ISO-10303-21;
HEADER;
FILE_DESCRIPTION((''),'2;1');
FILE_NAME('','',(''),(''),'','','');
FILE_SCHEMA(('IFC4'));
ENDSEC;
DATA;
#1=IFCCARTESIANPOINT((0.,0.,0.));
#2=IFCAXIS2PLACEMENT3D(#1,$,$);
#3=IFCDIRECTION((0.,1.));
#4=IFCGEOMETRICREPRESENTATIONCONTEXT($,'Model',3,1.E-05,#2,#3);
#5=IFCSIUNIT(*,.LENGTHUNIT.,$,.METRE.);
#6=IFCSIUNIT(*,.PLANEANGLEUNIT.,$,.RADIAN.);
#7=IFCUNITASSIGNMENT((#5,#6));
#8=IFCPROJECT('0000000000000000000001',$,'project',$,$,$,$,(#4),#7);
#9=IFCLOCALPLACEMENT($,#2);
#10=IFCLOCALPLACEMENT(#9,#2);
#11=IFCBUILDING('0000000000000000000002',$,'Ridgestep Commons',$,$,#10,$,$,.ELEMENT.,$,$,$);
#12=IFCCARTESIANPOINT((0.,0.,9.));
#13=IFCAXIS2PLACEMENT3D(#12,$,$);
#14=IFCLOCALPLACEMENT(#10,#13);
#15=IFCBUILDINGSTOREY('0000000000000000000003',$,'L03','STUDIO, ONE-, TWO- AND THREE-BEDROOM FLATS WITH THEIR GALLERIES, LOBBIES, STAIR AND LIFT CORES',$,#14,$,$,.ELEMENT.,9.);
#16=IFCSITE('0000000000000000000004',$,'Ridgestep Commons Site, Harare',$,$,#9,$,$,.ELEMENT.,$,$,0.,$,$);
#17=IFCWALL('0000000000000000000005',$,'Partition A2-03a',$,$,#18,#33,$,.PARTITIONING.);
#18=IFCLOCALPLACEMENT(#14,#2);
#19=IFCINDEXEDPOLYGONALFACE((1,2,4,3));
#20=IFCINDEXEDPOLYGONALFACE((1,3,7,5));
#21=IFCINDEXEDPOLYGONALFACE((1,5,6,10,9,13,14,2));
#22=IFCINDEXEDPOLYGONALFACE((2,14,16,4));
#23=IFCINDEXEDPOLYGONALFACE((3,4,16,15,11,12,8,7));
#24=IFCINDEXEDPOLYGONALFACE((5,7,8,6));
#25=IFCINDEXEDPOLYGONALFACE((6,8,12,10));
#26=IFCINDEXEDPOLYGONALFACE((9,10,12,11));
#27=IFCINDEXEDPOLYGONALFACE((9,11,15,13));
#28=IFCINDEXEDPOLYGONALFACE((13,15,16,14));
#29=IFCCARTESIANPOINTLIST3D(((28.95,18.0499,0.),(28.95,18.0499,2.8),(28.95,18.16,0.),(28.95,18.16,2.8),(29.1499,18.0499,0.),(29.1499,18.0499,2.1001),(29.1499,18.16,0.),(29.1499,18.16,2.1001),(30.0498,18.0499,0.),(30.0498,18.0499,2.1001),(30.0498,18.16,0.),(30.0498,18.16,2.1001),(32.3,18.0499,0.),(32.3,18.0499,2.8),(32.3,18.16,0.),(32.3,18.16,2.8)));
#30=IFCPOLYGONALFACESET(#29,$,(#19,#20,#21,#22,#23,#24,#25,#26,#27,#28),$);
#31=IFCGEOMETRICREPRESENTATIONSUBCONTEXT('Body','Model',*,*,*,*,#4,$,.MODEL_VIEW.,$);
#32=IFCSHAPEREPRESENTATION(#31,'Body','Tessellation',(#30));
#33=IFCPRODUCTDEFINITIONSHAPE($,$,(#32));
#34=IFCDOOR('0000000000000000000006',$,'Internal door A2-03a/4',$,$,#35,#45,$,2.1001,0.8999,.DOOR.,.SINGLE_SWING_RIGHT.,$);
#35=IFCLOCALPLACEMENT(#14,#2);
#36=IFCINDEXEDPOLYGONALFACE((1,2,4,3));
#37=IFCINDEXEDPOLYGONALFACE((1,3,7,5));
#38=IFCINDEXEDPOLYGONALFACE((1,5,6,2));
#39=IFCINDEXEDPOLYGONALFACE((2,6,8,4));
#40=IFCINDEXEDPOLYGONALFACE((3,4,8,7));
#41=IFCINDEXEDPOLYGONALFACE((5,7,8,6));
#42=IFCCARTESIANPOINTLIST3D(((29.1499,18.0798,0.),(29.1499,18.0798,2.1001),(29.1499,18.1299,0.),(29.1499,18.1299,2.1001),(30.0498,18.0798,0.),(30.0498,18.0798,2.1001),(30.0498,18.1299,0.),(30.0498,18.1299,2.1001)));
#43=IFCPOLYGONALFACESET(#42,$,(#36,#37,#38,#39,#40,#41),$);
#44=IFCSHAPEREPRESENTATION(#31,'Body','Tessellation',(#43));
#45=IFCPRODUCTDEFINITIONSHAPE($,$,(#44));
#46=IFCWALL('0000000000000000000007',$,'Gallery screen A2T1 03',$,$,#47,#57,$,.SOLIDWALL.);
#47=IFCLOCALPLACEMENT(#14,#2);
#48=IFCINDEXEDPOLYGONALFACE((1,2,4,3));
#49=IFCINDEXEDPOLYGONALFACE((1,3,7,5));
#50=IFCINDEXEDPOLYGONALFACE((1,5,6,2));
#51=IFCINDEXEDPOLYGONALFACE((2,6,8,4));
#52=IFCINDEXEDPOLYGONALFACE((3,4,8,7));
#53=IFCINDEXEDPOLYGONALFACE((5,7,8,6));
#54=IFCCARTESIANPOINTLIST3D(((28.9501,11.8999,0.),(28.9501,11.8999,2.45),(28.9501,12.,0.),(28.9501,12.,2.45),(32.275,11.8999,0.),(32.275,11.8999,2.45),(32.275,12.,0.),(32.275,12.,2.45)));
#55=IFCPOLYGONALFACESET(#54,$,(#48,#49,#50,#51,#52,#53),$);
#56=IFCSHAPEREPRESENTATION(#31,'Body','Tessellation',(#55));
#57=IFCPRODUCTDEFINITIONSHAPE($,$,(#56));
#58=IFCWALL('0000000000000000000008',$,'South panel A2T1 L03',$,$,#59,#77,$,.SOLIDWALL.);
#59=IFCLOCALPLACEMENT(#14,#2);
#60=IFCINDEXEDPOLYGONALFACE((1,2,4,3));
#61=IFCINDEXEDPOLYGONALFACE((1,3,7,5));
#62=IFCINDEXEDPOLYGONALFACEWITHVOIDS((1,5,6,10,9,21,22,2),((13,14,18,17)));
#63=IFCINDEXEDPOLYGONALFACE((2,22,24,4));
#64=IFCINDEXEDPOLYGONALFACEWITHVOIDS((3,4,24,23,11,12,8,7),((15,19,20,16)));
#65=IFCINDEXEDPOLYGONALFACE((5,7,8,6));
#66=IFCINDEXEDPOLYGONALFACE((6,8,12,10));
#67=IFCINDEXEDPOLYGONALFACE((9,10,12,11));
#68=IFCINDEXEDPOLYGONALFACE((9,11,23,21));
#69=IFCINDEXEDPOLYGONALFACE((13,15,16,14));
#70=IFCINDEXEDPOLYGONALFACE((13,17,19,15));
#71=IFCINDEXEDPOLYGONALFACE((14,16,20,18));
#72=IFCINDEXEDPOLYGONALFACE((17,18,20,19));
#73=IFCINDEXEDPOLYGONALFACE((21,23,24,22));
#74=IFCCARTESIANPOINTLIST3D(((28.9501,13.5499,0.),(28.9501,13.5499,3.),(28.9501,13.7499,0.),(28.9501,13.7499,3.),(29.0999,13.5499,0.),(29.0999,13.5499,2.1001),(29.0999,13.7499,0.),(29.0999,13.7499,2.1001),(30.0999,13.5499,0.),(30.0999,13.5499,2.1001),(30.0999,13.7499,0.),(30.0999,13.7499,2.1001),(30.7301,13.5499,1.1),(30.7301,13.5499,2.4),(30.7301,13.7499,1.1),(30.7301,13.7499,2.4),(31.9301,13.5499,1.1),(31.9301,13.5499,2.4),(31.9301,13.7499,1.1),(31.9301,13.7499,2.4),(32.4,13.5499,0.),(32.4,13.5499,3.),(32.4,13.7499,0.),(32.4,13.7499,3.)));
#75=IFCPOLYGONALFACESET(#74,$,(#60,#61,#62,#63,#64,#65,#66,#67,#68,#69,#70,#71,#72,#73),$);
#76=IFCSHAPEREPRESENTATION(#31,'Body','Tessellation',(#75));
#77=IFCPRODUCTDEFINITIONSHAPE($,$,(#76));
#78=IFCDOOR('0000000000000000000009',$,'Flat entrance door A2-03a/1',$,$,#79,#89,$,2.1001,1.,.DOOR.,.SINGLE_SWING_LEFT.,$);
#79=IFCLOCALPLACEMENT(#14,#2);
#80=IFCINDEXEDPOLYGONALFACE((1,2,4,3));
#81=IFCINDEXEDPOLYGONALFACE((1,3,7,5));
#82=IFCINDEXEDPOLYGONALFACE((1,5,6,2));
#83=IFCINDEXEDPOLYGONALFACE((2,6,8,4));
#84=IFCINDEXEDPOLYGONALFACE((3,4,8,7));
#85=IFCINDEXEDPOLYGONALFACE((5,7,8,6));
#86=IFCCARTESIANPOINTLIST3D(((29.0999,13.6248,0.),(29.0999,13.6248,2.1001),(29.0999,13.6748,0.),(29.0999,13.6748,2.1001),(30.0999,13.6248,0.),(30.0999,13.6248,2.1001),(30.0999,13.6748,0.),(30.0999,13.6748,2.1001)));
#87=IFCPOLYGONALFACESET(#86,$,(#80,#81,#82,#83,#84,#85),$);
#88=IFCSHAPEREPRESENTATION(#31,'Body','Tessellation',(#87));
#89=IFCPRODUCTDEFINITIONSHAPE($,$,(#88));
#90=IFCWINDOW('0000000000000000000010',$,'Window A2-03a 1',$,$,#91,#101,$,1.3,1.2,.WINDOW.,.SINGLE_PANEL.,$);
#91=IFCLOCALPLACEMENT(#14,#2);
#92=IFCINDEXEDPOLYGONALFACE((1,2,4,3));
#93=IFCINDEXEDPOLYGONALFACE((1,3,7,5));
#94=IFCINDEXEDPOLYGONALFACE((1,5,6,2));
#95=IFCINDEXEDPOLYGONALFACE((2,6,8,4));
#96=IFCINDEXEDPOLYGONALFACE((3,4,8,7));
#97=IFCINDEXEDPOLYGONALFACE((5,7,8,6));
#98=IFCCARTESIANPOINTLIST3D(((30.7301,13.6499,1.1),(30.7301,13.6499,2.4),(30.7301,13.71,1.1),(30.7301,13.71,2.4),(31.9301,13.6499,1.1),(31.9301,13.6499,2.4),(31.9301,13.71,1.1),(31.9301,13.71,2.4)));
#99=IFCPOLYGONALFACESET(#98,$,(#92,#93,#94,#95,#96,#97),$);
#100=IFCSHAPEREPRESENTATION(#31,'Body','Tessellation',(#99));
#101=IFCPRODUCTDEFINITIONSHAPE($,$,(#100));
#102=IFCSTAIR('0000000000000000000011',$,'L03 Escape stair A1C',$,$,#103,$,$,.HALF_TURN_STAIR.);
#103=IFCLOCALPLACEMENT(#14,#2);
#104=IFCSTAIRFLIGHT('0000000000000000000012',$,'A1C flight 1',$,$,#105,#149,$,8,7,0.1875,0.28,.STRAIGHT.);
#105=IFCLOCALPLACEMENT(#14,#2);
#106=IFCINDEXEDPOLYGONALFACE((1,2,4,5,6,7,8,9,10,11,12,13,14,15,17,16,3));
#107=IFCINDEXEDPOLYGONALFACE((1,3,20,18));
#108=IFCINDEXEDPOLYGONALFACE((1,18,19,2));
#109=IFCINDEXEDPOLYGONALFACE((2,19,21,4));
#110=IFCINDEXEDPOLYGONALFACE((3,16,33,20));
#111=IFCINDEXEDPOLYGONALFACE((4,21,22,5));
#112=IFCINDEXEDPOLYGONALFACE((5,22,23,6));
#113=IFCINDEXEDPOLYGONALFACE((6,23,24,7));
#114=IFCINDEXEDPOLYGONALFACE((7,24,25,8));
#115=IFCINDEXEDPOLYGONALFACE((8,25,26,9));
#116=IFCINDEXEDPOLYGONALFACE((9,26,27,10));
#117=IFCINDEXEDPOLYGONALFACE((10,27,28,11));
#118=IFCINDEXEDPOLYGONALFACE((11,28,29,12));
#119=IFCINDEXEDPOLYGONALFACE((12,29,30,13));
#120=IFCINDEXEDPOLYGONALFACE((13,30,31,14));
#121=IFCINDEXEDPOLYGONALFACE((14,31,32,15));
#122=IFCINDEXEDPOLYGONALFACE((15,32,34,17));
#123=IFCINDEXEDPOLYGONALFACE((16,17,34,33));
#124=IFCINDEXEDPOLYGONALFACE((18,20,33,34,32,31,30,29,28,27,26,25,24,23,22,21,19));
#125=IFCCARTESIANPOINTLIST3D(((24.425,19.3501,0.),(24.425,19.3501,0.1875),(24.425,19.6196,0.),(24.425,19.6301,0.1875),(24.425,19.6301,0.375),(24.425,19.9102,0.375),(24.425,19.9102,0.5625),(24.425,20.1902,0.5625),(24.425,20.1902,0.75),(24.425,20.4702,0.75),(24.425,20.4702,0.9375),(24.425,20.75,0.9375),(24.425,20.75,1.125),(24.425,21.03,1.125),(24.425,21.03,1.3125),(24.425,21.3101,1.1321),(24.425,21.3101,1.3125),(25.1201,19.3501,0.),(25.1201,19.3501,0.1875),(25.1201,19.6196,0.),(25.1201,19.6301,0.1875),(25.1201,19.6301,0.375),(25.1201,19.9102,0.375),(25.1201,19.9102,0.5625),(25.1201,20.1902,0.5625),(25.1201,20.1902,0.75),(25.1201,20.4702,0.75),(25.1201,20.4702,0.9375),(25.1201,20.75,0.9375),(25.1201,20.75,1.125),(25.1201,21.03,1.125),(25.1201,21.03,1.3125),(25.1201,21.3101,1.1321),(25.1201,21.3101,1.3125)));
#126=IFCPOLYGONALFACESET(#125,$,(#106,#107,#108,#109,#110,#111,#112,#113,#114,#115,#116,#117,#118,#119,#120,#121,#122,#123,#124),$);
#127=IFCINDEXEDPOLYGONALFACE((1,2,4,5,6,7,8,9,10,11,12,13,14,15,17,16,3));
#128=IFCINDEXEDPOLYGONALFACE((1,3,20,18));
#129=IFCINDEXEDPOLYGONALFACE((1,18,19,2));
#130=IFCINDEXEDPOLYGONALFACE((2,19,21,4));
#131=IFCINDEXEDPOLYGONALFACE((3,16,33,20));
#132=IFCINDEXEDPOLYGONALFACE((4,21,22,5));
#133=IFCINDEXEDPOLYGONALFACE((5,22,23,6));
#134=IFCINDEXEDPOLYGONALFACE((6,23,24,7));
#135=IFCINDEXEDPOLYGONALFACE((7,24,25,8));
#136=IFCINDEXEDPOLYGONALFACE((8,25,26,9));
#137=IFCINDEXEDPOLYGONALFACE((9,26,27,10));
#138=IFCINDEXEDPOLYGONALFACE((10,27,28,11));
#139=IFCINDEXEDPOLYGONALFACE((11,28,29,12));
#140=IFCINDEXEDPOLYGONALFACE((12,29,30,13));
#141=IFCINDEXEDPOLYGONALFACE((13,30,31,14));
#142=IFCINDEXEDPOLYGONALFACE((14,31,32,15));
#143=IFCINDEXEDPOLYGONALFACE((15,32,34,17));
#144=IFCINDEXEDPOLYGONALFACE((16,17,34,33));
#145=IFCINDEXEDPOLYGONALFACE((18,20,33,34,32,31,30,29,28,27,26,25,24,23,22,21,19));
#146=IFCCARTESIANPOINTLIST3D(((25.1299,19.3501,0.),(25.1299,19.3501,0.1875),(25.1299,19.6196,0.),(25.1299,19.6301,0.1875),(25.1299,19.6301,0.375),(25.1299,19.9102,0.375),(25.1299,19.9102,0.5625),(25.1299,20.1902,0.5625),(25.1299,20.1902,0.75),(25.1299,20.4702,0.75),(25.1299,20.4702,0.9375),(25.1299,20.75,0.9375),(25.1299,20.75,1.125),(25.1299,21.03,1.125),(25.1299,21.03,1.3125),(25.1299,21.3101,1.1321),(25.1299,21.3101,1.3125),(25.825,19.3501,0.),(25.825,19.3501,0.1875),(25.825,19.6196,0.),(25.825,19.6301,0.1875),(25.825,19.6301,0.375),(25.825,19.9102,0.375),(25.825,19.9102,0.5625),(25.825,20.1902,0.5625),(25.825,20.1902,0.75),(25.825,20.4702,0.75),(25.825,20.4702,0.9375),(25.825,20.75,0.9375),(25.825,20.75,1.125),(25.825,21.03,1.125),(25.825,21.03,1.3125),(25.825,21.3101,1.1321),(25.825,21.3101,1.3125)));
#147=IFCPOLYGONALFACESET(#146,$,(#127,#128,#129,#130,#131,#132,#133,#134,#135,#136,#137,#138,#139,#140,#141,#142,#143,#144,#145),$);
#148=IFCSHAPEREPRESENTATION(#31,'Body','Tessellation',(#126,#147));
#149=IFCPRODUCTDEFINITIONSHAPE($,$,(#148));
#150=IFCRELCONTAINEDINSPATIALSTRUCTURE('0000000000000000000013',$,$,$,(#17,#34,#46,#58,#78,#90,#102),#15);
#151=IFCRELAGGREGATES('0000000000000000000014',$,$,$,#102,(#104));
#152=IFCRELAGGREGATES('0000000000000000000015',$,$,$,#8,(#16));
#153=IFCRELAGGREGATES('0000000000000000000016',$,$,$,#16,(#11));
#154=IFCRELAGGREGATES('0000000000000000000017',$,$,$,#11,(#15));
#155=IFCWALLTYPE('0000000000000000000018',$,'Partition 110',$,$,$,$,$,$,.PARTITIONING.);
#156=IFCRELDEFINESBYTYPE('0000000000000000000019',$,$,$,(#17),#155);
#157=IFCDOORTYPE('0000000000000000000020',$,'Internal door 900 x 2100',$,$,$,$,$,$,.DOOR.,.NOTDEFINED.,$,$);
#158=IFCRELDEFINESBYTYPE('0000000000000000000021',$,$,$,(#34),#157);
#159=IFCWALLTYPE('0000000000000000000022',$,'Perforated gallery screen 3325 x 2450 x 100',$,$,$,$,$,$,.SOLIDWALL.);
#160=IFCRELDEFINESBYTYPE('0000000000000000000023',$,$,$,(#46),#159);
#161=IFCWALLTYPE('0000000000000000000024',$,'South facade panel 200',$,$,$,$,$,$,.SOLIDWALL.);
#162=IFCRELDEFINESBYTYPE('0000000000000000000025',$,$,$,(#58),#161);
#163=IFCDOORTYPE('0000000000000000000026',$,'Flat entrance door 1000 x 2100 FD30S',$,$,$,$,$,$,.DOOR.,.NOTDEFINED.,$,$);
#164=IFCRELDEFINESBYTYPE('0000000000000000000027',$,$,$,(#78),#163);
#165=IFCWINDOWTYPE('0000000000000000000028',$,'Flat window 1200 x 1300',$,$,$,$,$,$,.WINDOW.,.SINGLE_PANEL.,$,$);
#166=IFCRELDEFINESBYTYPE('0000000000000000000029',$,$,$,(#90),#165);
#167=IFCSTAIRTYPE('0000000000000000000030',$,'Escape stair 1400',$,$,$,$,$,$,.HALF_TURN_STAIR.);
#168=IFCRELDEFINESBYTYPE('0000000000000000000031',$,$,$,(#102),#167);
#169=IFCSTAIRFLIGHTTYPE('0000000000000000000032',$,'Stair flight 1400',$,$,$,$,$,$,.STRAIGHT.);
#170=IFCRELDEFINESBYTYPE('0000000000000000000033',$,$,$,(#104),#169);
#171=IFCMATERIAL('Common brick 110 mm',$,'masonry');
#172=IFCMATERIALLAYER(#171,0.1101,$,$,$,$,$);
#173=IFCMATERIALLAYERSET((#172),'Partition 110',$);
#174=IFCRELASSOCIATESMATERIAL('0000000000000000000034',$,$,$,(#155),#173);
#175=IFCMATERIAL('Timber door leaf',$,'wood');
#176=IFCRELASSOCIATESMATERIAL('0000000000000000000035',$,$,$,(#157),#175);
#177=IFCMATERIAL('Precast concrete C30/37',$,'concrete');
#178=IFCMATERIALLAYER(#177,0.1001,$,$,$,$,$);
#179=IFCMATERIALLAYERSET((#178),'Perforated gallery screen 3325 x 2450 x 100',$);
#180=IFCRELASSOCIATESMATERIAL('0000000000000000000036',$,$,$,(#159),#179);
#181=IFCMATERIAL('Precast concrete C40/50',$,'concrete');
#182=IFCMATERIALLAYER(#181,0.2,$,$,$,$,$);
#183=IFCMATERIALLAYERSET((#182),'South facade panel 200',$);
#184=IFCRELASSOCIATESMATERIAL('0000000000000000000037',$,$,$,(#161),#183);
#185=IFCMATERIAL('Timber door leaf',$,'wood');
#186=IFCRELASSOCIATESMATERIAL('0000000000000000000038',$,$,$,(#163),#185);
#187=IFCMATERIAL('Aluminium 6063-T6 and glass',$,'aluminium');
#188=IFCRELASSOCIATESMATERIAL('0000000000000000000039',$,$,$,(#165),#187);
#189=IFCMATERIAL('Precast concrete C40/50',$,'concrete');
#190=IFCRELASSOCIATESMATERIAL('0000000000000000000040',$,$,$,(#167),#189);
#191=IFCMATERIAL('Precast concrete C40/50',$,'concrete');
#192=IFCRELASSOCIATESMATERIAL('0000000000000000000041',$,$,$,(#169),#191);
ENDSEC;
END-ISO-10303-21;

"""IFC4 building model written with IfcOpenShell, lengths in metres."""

from ifc_helpers import new_model, si_unit, direction, frame, frame_2d, origin, place, context, subcontext, project, spatial, polyline, rectangle, outline, extrude, material, layer, layer_set, type_object, element, fill, aggregate, save


model = new_model("IFC4")

# Units and contexts
model_context = context("Model", 3, precision=1e-05, world=origin(), true_north=direction((0.0, 1.0)))
body_context = subcontext(model_context, "Body", "Model", "MODEL_VIEW")
ifc_project = project(units=[si_unit("LENGTHUNIT", "METRE"), si_unit("PLANEANGLEUNIT", "RADIAN")], contexts=[model_context])

# Site, building, storey
site_placement = place(None, origin())
site = spatial("IfcSite", under=ifc_project, at=site_placement, Name="Ridgestep Commons Site, Harare", CompositionType="ELEMENT", RefElevation=0.0)
building_placement = place(site_placement, origin())
building = spatial("IfcBuilding", under=site, at=building_placement, Name="Ridgestep Commons", CompositionType="ELEMENT")
storey_placement = place(building_placement, frame((0.0, 0.0, 9.0)))
storey = spatial("IfcBuildingStorey", under=building, at=storey_placement, Name="L03", Description="STUDIO, ONE-, TWO- AND THREE-BEDROOM FLATS WITH THEIR GALLERIES, LOBBIES, STAIR AND LIFT CORES", CompositionType="ELEMENT", Elevation=9.0)

# Wall, opening, door
ifc_material_1 = material(Name="Common brick 110 mm", Category="masonry")
ifc_layer_1 = layer(ifc_material_1, 0.1101)
ifc_layer_set_1 = layer_set([ifc_layer_1], Name="Partition 110")
wall_type_1 = type_object("IfcWallType", Name="Partition 110", PredefinedType="PARTITIONING", material=ifc_layer_set_1)
wall_1_placement = place(storey_placement, frame((28.95, 18.105, 0.0), z_axis=(0.0, 0.0, 1.0), x_axis=(1.0, 0.0, 0.0)))
wall_1 = element("IfcWall", 1, at=wall_1_placement, inside=storey, type_object=wall_type_1, Name="Partition A2-03a", PredefinedType="PARTITIONING", context=body_context, shape_type="SweptSolid", body=[
    extrude(rectangle(XDim=3.3501, YDim=0.1101, at=frame_2d((1.675, 0.0))), origin(), (0.0, 0.0, 1.0), 2.8),
])
opening_1_placement = place(wall_1_placement, frame((0.2, 0.0, 0.0)))
opening_1 = element("IfcOpeningElement", 2, at=opening_1_placement, cuts=wall_1, PredefinedType="OPENING", context=body_context, shape_type="SweptSolid", body=[
    extrude(rectangle(XDim=0.8999, YDim=2.1001, at=frame_2d((0.45, 1.05))), frame((0.0, 0.0649, 0.0), z_axis=(0.0, -1.0, 0.0), x_axis=(1.0, 0.0, 0.0)), (0.0, 0.0, 1.0), 0.1301),
])
ifc_material_2 = material(Name="Timber door leaf", Category="wood")
door_type_1 = type_object("IfcDoorType", Name="Internal door 900 x 2100", OperationType="NOTDEFINED", PredefinedType="DOOR", material=ifc_material_2)
door_1_placement = place(opening_1_placement, origin())
door_1 = element("IfcDoor", 3, at=door_1_placement, inside=storey, type_object=door_type_1, Name="Internal door A2-03a/4", OperationType="SINGLE_SWING_RIGHT", OverallHeight=2.1001, OverallWidth=0.8999, PredefinedType="DOOR", context=body_context, shape_type="SweptSolid", body=[
    extrude(rectangle(XDim=0.8999, YDim=2.1001, at=frame_2d((0.45, 1.05))), frame((0.0, 0.0249, 0.0), z_axis=(0.0, -1.0, 0.0), x_axis=(1.0, 0.0, 0.0)), (0.0, 0.0, 1.0), 0.05),
])
fill(opening_1, door_1)

# Wall
ifc_material_3 = material(Name="Precast concrete C30/37", Category="concrete")
ifc_layer_2 = layer(ifc_material_3, 0.1001)
ifc_layer_set_2 = layer_set([ifc_layer_2], Name="Perforated gallery screen 3325 x 2450 x 100")
wall_type_2 = type_object("IfcWallType", Name="Perforated gallery screen 3325 x 2450 x 100", PredefinedType="SOLIDWALL", material=ifc_layer_set_2)
wall_2_placement = place(storey_placement, frame((28.95, 11.95, 0.0), z_axis=(0.0, 0.0, 1.0), x_axis=(1.0, 0.0, 0.0)))
element("IfcWall", 4, at=wall_2_placement, inside=storey, type_object=wall_type_2, Name="Gallery screen A2T1 03", PredefinedType="SOLIDWALL", context=body_context, shape_type="SweptSolid", body=[
    extrude(rectangle(XDim=3.325, YDim=0.1001, at=frame_2d((1.6626, 0.0))), origin(), (0.0, 0.0, 1.0), 2.45),
])

# Wall, openings, door, window
ifc_material_4 = material(Name="Precast concrete C40/50", Category="concrete")
ifc_layer_3 = layer(ifc_material_4, 0.2)
ifc_layer_set_3 = layer_set([ifc_layer_3], Name="South facade panel 200")
wall_type_3 = type_object("IfcWallType", Name="South facade panel 200", PredefinedType="SOLIDWALL", material=ifc_layer_set_3)
wall_3_placement = place(storey_placement, frame((28.95, 13.6499, 0.0), z_axis=(0.0, 0.0, 1.0), x_axis=(1.0, 0.0, 0.0)))
wall_3 = element("IfcWall", 5, at=wall_3_placement, inside=storey, type_object=wall_type_3, Name="South panel A2T1 L03", PredefinedType="SOLIDWALL", context=body_context, shape_type="SweptSolid", body=[
    extrude(rectangle(XDim=3.45, YDim=0.2, at=frame_2d((1.7251, 0.0))), origin(), (0.0, 0.0, 1.0), 3.0),
])
opening_2_placement = place(wall_3_placement, frame((1.78, 0.0, 1.1001)))
opening_2 = element("IfcOpeningElement", 6, at=opening_2_placement, cuts=wall_3, PredefinedType="OPENING", context=body_context, shape_type="SweptSolid", body=[
    extrude(rectangle(XDim=1.2, YDim=1.3, at=frame_2d((0.6001, 0.6499))), frame((0.0, 0.1099, 0.0), z_axis=(0.0, -1.0, 0.0), x_axis=(1.0, 0.0, 0.0)), (0.0, 0.0, 1.0), 0.22),
])
opening_3_placement = place(wall_3_placement, frame((0.1499, 0.0, 0.0)))
opening_3 = element("IfcOpeningElement", 7, at=opening_3_placement, cuts=wall_3, PredefinedType="OPENING", context=body_context, shape_type="SweptSolid", body=[
    extrude(rectangle(XDim=1.0, YDim=2.1001, at=frame_2d((0.5, 1.05))), frame((0.0, 0.1099, 0.0), z_axis=(0.0, -1.0, 0.0), x_axis=(1.0, 0.0, 0.0)), (0.0, 0.0, 1.0), 0.22),
])
ifc_material_5 = material(Name="Timber door leaf", Category="wood")
door_type_2 = type_object("IfcDoorType", Name="Flat entrance door 1000 x 2100 FD30S", OperationType="NOTDEFINED", PredefinedType="DOOR", material=ifc_material_5)
door_2_placement = place(opening_3_placement, origin())
door_2 = element("IfcDoor", 8, at=door_2_placement, inside=storey, type_object=door_type_2, Name="Flat entrance door A2-03a/1", OperationType="SINGLE_SWING_LEFT", OverallHeight=2.1001, OverallWidth=1.0, PredefinedType="DOOR", context=body_context, shape_type="SweptSolid", body=[
    extrude(rectangle(XDim=1.0, YDim=2.1001, at=frame_2d((0.5, 1.05))), frame((0.0, 0.0249, 0.0), z_axis=(0.0, -1.0, 0.0), x_axis=(1.0, 0.0, 0.0)), (0.0, 0.0, 1.0), 0.05),
])
fill(opening_3, door_2)
ifc_material_6 = material(Name="Aluminium 6063-T6 and glass", Category="aluminium")
window_type = type_object("IfcWindowType", Name="Flat window 1200 x 1300", PartitioningType="SINGLE_PANEL", PredefinedType="WINDOW", material=ifc_material_6)
window_placement = place(opening_2_placement, origin())
window = element("IfcWindow", 9, at=window_placement, inside=storey, type_object=window_type, Name="Window A2-03a 1", OverallHeight=1.3, OverallWidth=1.2, PartitioningType="SINGLE_PANEL", PredefinedType="WINDOW", context=body_context, shape_type="SweptSolid", body=[
    extrude(rectangle(XDim=1.2, YDim=1.3, at=frame_2d((0.6001, 0.6499))), frame((0.0, 0.0601, 0.0), z_axis=(0.0, -1.0, 0.0), x_axis=(1.0, 0.0, 0.0)), (0.0, 0.0, 1.0), 0.0601),
])
fill(opening_2, window)

# Stair, stair flight
ifc_material_7 = material(Name="Precast concrete C40/50", Category="concrete")
stair_type = type_object("IfcStairType", Name="Escape stair 1400", PredefinedType="HALF_TURN_STAIR", material=ifc_material_7)
stair_placement = place(storey_placement, origin())
stair = element("IfcStair", 10, at=stair_placement, inside=storey, type_object=stair_type, Name="L03 Escape stair A1C", PredefinedType="HALF_TURN_STAIR")
ifc_material_8 = material(Name="Precast concrete C40/50", Category="concrete")
stair_flight_type = type_object("IfcStairFlightType", Name="Stair flight 1400", PredefinedType="STRAIGHT", material=ifc_material_8)
stair_flight_placement = place(storey_placement, frame((25.125, 19.3501, 0.0), z_axis=(0.0, 0.0, 1.0), x_axis=(0.0, 1.0, 0.0)))
stair_flight = element("IfcStairFlight", 11, at=stair_flight_placement, type_object=stair_flight_type, Name="A1C flight 1", NumberOfRisers=8, NumberOfTreads=7, PredefinedType="STRAIGHT", RiserHeight=0.1875, TreadLength=0.28, context=body_context, shape_type="SweptSolid", body=[
    extrude(outline(polyline([(0.0, 0.0), (0.0, 0.1875), (0.28, 0.1875), (0.28, 0.375), (0.5601, 0.375), (0.5601, 0.5625), (0.8401, 0.5625), (0.8401, 0.75), (1.1201, 0.75), (1.1201, 0.9375), (1.3999, 0.9375), (1.3999, 1.125), (1.6799, 1.125), (1.6799, 1.3125), (1.96, 1.3125), (1.96, 1.5), (1.96, 1.1321), (0.2695, 0.0), (0.0, 0.0)])), frame((0.0, 0.7, 0.0), z_axis=(0.0, -1.0, 0.0), x_axis=(1.0, 0.0, 0.0)), (0.0, 0.0, 1.0), 0.6951),
    extrude(outline(polyline([(0.0, 0.0), (0.0, 0.1875), (0.28, 0.1875), (0.28, 0.375), (0.5601, 0.375), (0.5601, 0.5625), (0.8401, 0.5625), (0.8401, 0.75), (1.1201, 0.75), (1.1201, 0.9375), (1.3999, 0.9375), (1.3999, 1.125), (1.6799, 1.125), (1.6799, 1.3125), (1.96, 1.3125), (1.96, 1.5), (1.96, 1.1321), (0.2695, 0.0), (0.0, 0.0)])), frame((0.0, -0.0049, 0.0), z_axis=(0.0, -1.0, 0.0), x_axis=(1.0, 0.0, 0.0)), (0.0, 0.0, 1.0), 0.6951),
])
aggregate(stair, [stair_flight])

save(model, "model.ifc")
